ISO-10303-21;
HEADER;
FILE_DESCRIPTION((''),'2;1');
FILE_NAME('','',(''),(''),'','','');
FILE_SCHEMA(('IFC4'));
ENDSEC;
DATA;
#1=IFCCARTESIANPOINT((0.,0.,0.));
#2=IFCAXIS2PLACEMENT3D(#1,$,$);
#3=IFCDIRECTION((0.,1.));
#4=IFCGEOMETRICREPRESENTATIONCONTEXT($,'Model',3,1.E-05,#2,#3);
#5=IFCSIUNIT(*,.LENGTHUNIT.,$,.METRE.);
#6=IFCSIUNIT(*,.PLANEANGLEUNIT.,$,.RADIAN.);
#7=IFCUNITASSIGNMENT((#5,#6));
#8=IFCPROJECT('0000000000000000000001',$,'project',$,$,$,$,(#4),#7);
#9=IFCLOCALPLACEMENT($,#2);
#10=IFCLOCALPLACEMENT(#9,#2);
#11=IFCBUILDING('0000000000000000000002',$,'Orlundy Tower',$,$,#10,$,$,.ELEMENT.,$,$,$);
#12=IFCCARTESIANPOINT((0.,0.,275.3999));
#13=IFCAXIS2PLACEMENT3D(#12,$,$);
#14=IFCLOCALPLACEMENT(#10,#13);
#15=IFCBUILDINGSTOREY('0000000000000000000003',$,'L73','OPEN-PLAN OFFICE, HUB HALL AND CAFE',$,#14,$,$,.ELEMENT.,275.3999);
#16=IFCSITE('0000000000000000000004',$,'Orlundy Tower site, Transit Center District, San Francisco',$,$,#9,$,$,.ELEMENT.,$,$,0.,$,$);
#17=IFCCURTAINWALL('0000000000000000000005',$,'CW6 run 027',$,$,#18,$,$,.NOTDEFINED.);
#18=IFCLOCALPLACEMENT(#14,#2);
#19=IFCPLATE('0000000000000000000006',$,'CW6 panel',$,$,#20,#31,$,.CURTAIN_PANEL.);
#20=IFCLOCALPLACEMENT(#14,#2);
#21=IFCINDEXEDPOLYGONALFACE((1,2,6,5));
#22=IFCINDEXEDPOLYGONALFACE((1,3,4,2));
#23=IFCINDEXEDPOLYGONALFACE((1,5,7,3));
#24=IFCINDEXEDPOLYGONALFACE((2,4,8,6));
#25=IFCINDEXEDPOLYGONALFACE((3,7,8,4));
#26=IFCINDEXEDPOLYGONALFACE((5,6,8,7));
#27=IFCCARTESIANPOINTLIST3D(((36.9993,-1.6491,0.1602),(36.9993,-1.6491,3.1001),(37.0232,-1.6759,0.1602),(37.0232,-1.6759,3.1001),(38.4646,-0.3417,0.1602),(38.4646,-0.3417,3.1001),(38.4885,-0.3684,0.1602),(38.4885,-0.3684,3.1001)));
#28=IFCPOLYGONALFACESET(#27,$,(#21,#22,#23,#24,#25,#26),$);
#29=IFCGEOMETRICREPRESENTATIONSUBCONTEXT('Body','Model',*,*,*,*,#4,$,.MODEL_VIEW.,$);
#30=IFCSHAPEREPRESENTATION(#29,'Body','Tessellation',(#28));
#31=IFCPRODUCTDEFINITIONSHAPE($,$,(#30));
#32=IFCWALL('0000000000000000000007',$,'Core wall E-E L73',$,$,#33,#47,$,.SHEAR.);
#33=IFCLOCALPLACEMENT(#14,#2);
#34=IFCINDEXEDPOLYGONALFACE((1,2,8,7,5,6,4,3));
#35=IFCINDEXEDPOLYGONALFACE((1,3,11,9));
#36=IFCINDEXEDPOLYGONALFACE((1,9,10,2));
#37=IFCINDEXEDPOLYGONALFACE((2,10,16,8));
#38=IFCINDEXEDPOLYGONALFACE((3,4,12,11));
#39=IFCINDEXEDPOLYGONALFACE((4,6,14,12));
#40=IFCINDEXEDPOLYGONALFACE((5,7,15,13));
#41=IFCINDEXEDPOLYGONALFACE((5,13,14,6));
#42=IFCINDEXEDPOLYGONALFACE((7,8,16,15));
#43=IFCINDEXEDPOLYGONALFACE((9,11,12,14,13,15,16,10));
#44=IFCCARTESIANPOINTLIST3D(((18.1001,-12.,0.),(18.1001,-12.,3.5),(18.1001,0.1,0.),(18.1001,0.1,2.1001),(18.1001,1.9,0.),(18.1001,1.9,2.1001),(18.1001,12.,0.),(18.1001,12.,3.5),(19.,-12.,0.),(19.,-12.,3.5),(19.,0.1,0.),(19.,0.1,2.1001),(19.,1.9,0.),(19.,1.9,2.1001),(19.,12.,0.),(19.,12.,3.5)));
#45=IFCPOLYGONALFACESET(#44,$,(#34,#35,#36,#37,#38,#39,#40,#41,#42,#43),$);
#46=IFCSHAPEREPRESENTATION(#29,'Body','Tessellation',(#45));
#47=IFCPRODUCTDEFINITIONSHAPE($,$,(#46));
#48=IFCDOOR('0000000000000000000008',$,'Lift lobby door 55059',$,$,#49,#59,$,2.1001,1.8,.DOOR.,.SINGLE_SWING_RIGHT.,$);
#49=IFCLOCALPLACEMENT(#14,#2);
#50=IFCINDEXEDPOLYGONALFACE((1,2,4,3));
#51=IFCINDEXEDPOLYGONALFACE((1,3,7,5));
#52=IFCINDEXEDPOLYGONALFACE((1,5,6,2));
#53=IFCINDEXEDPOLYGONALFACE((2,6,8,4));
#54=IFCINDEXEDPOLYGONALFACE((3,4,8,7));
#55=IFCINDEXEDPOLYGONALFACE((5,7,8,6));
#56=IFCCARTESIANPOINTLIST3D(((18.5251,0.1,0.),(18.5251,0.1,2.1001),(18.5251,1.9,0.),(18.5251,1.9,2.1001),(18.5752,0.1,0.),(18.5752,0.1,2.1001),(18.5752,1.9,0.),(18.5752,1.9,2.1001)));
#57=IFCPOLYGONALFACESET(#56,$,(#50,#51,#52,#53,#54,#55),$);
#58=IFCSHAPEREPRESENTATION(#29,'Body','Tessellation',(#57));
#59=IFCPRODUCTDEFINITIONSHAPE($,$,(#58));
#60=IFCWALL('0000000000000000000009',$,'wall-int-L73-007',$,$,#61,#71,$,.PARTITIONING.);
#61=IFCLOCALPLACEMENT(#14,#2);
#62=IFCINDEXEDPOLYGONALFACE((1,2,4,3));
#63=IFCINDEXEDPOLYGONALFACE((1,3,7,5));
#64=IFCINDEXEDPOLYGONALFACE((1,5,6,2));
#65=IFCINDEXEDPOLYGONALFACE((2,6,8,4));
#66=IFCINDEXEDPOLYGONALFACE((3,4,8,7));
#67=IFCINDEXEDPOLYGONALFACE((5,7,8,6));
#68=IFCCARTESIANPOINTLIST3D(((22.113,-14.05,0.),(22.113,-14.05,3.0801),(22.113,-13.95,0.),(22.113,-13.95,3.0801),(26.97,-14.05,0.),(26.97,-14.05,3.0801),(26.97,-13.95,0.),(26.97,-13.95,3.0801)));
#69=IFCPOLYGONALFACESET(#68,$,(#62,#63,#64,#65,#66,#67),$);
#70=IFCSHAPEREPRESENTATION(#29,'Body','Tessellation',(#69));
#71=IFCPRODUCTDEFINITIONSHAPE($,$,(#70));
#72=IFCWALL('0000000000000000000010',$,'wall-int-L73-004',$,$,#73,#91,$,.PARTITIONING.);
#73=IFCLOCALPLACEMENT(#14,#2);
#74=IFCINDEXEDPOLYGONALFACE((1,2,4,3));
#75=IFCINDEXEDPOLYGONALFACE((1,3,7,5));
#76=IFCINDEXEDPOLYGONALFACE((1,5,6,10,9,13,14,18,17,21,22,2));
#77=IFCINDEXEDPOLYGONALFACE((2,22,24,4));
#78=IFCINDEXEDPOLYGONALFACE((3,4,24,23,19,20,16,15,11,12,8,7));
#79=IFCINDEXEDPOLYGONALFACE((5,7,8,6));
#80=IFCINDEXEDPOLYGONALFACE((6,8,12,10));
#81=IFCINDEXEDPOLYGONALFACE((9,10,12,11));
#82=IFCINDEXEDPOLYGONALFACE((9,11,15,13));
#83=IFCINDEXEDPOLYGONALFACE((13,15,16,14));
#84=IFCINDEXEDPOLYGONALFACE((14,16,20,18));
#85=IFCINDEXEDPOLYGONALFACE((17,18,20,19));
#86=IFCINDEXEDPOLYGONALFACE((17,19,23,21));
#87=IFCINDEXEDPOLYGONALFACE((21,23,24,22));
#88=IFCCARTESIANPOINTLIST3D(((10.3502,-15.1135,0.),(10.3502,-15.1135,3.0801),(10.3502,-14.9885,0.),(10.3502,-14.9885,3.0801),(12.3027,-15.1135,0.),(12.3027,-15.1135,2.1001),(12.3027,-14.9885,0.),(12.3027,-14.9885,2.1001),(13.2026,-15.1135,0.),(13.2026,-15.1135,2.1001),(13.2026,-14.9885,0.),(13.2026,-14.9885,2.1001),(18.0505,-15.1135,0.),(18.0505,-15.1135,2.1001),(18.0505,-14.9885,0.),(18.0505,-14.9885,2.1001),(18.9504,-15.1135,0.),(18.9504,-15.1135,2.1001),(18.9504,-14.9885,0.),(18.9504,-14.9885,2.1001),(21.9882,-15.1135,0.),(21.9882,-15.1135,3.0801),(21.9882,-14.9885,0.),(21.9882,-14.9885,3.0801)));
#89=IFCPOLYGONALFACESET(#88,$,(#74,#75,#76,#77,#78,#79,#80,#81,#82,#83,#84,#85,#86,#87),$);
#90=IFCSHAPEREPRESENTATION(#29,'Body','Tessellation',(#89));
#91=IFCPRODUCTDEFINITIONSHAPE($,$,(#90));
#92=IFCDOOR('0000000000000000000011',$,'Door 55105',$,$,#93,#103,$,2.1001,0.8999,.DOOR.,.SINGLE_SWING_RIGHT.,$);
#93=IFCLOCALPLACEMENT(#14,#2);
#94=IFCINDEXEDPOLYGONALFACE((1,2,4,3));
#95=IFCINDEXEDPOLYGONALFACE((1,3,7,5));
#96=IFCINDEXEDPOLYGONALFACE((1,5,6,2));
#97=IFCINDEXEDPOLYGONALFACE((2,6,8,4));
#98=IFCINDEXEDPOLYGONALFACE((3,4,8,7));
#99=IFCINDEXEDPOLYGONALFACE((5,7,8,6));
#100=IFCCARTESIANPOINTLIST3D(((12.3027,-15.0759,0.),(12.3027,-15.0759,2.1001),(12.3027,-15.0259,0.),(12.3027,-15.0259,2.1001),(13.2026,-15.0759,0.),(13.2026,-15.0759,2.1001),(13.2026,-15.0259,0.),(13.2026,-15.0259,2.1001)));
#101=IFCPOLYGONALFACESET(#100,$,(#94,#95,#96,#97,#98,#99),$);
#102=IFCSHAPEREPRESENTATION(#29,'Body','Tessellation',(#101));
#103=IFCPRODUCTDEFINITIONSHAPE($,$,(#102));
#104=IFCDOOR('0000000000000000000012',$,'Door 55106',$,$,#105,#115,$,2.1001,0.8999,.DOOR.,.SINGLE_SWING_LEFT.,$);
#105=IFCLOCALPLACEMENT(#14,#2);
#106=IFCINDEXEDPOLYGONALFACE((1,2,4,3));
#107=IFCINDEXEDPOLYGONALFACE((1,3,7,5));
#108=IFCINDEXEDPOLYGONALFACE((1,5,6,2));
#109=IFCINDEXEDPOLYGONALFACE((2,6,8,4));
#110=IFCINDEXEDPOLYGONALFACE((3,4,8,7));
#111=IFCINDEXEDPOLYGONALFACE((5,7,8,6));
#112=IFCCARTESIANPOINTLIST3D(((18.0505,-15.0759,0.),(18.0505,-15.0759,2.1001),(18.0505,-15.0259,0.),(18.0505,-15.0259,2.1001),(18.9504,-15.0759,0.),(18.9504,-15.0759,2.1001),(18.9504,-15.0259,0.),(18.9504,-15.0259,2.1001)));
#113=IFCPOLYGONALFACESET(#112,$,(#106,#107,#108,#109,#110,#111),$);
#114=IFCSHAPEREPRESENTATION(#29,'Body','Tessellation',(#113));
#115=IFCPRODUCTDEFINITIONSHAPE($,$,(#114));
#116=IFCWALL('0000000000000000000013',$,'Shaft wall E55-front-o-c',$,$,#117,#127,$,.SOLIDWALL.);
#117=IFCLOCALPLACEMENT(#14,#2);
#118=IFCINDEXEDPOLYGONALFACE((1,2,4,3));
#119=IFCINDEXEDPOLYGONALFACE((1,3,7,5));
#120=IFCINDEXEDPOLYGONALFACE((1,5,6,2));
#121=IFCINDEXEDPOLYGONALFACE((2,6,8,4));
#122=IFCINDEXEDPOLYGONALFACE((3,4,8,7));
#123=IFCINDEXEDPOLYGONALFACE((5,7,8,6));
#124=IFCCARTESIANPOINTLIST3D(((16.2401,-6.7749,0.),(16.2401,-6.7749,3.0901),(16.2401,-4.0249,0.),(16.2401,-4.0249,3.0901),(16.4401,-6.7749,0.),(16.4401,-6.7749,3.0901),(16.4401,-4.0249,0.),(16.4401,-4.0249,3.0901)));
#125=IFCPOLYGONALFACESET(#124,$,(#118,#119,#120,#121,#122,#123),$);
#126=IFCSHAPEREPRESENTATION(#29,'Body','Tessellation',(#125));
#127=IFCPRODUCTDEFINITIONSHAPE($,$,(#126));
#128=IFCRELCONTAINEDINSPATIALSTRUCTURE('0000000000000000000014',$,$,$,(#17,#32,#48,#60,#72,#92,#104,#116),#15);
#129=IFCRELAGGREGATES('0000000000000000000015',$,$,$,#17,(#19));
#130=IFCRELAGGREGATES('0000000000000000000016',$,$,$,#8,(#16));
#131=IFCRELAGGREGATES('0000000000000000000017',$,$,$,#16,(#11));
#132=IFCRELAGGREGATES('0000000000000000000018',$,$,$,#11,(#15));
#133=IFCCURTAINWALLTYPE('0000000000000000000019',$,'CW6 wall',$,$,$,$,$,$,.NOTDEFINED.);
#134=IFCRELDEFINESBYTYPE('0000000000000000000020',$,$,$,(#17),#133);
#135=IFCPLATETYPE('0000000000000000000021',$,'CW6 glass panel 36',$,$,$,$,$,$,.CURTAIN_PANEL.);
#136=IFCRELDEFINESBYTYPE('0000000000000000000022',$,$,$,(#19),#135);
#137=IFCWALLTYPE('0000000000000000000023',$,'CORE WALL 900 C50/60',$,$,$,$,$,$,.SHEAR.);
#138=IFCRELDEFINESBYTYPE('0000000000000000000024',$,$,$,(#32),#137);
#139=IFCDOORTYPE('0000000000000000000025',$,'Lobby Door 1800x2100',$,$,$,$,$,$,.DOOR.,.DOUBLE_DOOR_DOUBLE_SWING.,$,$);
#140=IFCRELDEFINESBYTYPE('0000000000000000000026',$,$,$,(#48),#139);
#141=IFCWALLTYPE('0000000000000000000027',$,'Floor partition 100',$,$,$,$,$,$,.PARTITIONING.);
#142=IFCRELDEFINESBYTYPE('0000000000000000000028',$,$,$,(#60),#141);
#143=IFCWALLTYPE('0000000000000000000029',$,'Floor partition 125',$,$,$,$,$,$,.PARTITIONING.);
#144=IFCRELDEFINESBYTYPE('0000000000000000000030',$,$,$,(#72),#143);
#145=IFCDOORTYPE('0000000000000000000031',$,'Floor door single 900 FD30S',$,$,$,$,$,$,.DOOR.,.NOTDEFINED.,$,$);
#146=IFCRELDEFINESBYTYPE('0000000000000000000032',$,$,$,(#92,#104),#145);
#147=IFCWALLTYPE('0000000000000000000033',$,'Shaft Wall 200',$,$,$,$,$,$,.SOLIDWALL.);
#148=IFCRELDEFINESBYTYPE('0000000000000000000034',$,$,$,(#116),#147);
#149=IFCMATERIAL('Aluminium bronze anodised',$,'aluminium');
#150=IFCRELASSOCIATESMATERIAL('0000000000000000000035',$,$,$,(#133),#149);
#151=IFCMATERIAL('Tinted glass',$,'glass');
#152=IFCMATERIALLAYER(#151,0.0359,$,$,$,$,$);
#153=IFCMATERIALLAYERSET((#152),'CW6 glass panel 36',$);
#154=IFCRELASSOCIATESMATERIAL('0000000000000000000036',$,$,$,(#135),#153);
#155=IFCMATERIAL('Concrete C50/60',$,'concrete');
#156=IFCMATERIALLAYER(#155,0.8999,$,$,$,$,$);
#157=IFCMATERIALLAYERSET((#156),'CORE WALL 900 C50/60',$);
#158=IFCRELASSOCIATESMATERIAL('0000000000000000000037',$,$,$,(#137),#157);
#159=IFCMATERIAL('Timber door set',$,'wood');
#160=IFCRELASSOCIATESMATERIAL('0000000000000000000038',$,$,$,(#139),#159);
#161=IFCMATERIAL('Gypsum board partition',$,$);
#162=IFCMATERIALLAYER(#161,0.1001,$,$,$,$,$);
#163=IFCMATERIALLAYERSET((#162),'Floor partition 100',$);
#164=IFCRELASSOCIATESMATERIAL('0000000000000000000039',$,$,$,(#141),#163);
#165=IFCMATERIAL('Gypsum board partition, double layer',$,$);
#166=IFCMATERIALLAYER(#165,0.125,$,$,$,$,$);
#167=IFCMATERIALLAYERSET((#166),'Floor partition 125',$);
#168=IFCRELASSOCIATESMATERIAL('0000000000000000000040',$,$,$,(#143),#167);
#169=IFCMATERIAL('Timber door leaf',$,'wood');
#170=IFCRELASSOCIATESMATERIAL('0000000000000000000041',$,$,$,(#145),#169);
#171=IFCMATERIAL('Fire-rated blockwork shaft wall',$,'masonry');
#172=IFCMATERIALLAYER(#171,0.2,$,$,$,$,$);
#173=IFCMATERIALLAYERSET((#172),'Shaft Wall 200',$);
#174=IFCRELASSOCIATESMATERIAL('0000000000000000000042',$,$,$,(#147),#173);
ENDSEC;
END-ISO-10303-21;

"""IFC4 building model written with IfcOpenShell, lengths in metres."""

from ifc_helpers import new_model, si_unit, direction, frame, frame_2d, origin, origin_2d, place, context, subcontext, project, spatial, rectangle, extrude, material, layer, layer_set, type_object, element, fill, aggregate, save


model = new_model("IFC4")

# Units and contexts
model_context = context("Model", 3, precision=1e-05, world=origin(), true_north=direction((0.0, 1.0)))
body_context = subcontext(model_context, "Body", "Model", "MODEL_VIEW")
ifc_project = project(units=[si_unit("LENGTHUNIT", "METRE"), si_unit("PLANEANGLEUNIT", "RADIAN")], contexts=[model_context])

# Site, building, storey
site_placement = place(None, origin())
site = spatial("IfcSite", under=ifc_project, at=site_placement, Name="Orlundy Tower site, Transit Center District, San Francisco", CompositionType="ELEMENT", RefElevation=0.0)
building_placement = place(site_placement, origin())
building = spatial("IfcBuilding", under=site, at=building_placement, Name="Orlundy Tower", CompositionType="ELEMENT")
storey_placement = place(building_placement, frame((0.0, 0.0, 275.3999)))
storey = spatial("IfcBuildingStorey", under=building, at=storey_placement, Name="L73", Description="OPEN-PLAN OFFICE, HUB HALL AND CAFE", CompositionType="ELEMENT", Elevation=275.3999)

# Shared definitions
ifc_material_1 = material(Name="Aluminium bronze anodised", Category="aluminium")
curtain_wall_type = type_object("IfcCurtainWallType", Name="CW6 wall", PredefinedType="NOTDEFINED", material=ifc_material_1)

# Curtain wall
curtain_wall_1_placement = place(storey_placement, origin())
curtain_wall_1 = element("IfcCurtainWall", 1, at=curtain_wall_1_placement, inside=storey, type_object=curtain_wall_type, Name="CW6 run 027", PredefinedType="NOTDEFINED")

# Plate
ifc_material_2 = material(Name="Tinted glass", Category="glass")
ifc_layer_1 = layer(ifc_material_2, 0.0359)
ifc_layer_set_1 = layer_set([ifc_layer_1], Name="CW6 glass panel 36")
plate_type = type_object("IfcPlateType", Name="CW6 glass panel 36", PredefinedType="CURTAIN_PANEL", material=ifc_layer_set_1)
plate_1_placement = place(storey_placement, frame((37.7439, -1.0088, 0.1602), z_axis=(0.0, 0.0, 1.0), x_axis=(-0.746158, -0.665769, 0.0)))
plate_1 = element("IfcPlate", 2, at=plate_1_placement, type_object=plate_type, Name="CW6 panel", PredefinedType="CURTAIN_PANEL", context=body_context, shape_type="SweptSolid", body=[
    extrude(rectangle(XDim=1.9639, YDim=0.0359, at=origin_2d()), origin(), (0.0, 0.0, 1.0), 2.9399),
])
aggregate(curtain_wall_1, [plate_1])

# Wall, opening, door
ifc_material_3 = material(Name="Concrete C50/60", Category="concrete")
ifc_layer_2 = layer(ifc_material_3, 0.8999)
ifc_layer_set_2 = layer_set([ifc_layer_2], Name="CORE WALL 900 C50/60")
wall_type_1 = type_object("IfcWallType", Name="CORE WALL 900 C50/60", PredefinedType="SHEAR", material=ifc_layer_set_2)
wall_1_placement = place(storey_placement, frame((18.55, -12.0, 0.0), z_axis=(0.0, 0.0, 1.0), x_axis=(0.0, 1.0, 0.0)))
wall_1 = element("IfcWall", 3, at=wall_1_placement, inside=storey, type_object=wall_type_1, Name="Core wall E-E L73", PredefinedType="SHEAR", context=body_context, shape_type="SweptSolid", body=[
    extrude(rectangle(XDim=24.0, YDim=0.8999, at=frame_2d((12.0, 0.0))), origin(), (0.0, 0.0, 1.0), 3.5),
])
opening_1_placement = place(wall_1_placement, frame((12.1001, 0.0, 0.0)))
opening_1 = element("IfcOpeningElement", 4, at=opening_1_placement, cuts=wall_1, PredefinedType="OPENING", context=body_context, shape_type="SweptSolid", body=[
    extrude(rectangle(XDim=1.8, YDim=2.1001, at=frame_2d((0.8999, 1.05))), frame((0.0, 0.46, 0.0), z_axis=(0.0, -1.0, 0.0), x_axis=(1.0, 0.0, 0.0)), (0.0, 0.0, 1.0), 0.9199),
])
ifc_material_4 = material(Name="Timber door set", Category="wood")
door_type_1 = type_object("IfcDoorType", Name="Lobby Door 1800x2100", OperationType="DOUBLE_DOOR_DOUBLE_SWING", PredefinedType="DOOR", material=ifc_material_4)
door_1_placement = place(opening_1_placement, origin())
door_1 = element("IfcDoor", 5, at=door_1_placement, inside=storey, type_object=door_type_1, Name="Lift lobby door 55059", OperationType="SINGLE_SWING_RIGHT", OverallHeight=2.1001, OverallWidth=1.8, PredefinedType="DOOR", context=body_context, shape_type="SweptSolid", body=[
    extrude(rectangle(XDim=1.8, YDim=2.1001, at=frame_2d((0.8999, 1.05))), frame((0.0, 0.0249, 0.0), z_axis=(0.0, -1.0, 0.0), x_axis=(1.0, 0.0, 0.0)), (0.0, 0.0, 1.0), 0.05),
])
fill(opening_1, door_1)

# Wall
ifc_material_5 = material(Name="Gypsum board partition")
ifc_layer_3 = layer(ifc_material_5, 0.1001)
ifc_layer_set_3 = layer_set([ifc_layer_3], Name="Floor partition 100")
wall_type_2 = type_object("IfcWallType", Name="Floor partition 100", PredefinedType="PARTITIONING", material=ifc_layer_set_3)
wall_2_placement = place(storey_placement, frame((22.113, -14.0, 0.0), z_axis=(0.0, 0.0, 1.0), x_axis=(1.0, 0.0, 0.0)))
element("IfcWall", 6, at=wall_2_placement, inside=storey, type_object=wall_type_2, Name="wall-int-L73-007", PredefinedType="PARTITIONING", context=body_context, shape_type="SweptSolid", body=[
    extrude(rectangle(XDim=4.8569, YDim=0.1001, at=frame_2d((2.4285, 0.0))), origin(), (0.0, 0.0, 1.0), 3.0801),
])

# Wall, openings, doors
ifc_material_6 = material(Name="Gypsum board partition, double layer")
ifc_layer_4 = layer(ifc_material_6, 0.125)
ifc_layer_set_4 = layer_set([ifc_layer_4], Name="Floor partition 125")
wall_type_3 = type_object("IfcWallType", Name="Floor partition 125", PredefinedType="PARTITIONING", material=ifc_layer_set_4)
wall_3_placement = place(storey_placement, frame((21.988, -15.051, 0.0), z_axis=(0.0, 0.0, 1.0), x_axis=(-1.0, 0.0, 0.0)))
wall_3 = element("IfcWall", 7, at=wall_3_placement, inside=storey, type_object=wall_type_3, Name="wall-int-L73-004", PredefinedType="PARTITIONING", context=body_context, shape_type="SweptSolid", body=[
    extrude(rectangle(XDim=11.6379, YDim=0.125, at=frame_2d((5.8188, 0.0))), origin(), (0.0, 0.0, 1.0), 3.0801),
])
opening_2_placement = place(wall_3_placement, frame((8.7854, 0.0, 0.0)))
opening_2 = element("IfcOpeningElement", 8, at=opening_2_placement, cuts=wall_3, PredefinedType="OPENING", context=body_context, shape_type="SweptSolid", body=[
    extrude(rectangle(XDim=0.8999, YDim=2.1001, at=frame_2d((0.45, 1.05))), frame((0.0, 0.0725, 0.0), z_axis=(0.0, -1.0, 0.0), x_axis=(1.0, 0.0, 0.0)), (0.0, 0.0, 1.0), 0.145),
])
opening_3_placement = place(wall_3_placement, frame((3.0376, 0.0, 0.0)))
opening_3 = element("IfcOpeningElement", 9, at=opening_3_placement, cuts=wall_3, PredefinedType="OPENING", context=body_context, shape_type="SweptSolid", body=[
    extrude(rectangle(XDim=0.8999, YDim=2.1001, at=frame_2d((0.45, 1.05))), frame((0.0, 0.0725, 0.0), z_axis=(0.0, -1.0, 0.0), x_axis=(1.0, 0.0, 0.0)), (0.0, 0.0, 1.0), 0.145),
])
ifc_material_7 = material(Name="Timber door leaf", Category="wood")
door_type_2 = type_object("IfcDoorType", Name="Floor door single 900 FD30S", OperationType="NOTDEFINED", PredefinedType="DOOR", material=ifc_material_7)
door_2_placement = place(opening_2_placement, origin())
door_2 = element("IfcDoor", 10, at=door_2_placement, inside=storey, type_object=door_type_2, Name="Door 55105", OperationType="SINGLE_SWING_RIGHT", OverallHeight=2.1001, OverallWidth=0.8999, PredefinedType="DOOR", context=body_context, shape_type="SweptSolid", body=[
    extrude(rectangle(XDim=0.8999, YDim=2.1001, at=frame_2d((0.45, 1.05))), frame((0.0, 0.0249, 0.0), z_axis=(0.0, -1.0, 0.0), x_axis=(1.0, 0.0, 0.0)), (0.0, 0.0, 1.0), 0.05),
])
fill(opening_2, door_2)
door_3_placement = place(opening_3_placement, origin())
door_3 = element("IfcDoor", 11, at=door_3_placement, inside=storey, type_object=door_type_2, Name="Door 55106", OperationType="SINGLE_SWING_LEFT", OverallHeight=2.1001, OverallWidth=0.8999, PredefinedType="DOOR", context=body_context, shape_type="SweptSolid", body=[
    extrude(rectangle(XDim=0.8999, YDim=2.1001, at=frame_2d((0.45, 1.05))), frame((0.0, 0.0249, 0.0), z_axis=(0.0, -1.0, 0.0), x_axis=(1.0, 0.0, 0.0)), (0.0, 0.0, 1.0), 0.05),
])
fill(opening_3, door_3)

# Wall
ifc_material_8 = material(Name="Fire-rated blockwork shaft wall", Category="masonry")
ifc_layer_5 = layer(ifc_material_8, 0.2)
ifc_layer_set_5 = layer_set([ifc_layer_5], Name="Shaft Wall 200")
wall_type_4 = type_object("IfcWallType", Name="Shaft Wall 200", PredefinedType="SOLIDWALL", material=ifc_layer_set_5)
wall_4_placement = place(storey_placement, frame((16.3401, -4.0249, 0.0), z_axis=(0.0, 0.0, 1.0), x_axis=(0.0, -1.0, 0.0)))
element("IfcWall", 12, at=wall_4_placement, inside=storey, type_object=wall_type_4, Name="Shaft wall E55-front-o-c", PredefinedType="SOLIDWALL", context=body_context, shape_type="SweptSolid", body=[
    extrude(rectangle(XDim=2.75, YDim=0.2, at=frame_2d((1.375, 0.0))), origin(), (0.0, 0.0, 1.0), 3.0901),
])

save(model, "model.ifc")
